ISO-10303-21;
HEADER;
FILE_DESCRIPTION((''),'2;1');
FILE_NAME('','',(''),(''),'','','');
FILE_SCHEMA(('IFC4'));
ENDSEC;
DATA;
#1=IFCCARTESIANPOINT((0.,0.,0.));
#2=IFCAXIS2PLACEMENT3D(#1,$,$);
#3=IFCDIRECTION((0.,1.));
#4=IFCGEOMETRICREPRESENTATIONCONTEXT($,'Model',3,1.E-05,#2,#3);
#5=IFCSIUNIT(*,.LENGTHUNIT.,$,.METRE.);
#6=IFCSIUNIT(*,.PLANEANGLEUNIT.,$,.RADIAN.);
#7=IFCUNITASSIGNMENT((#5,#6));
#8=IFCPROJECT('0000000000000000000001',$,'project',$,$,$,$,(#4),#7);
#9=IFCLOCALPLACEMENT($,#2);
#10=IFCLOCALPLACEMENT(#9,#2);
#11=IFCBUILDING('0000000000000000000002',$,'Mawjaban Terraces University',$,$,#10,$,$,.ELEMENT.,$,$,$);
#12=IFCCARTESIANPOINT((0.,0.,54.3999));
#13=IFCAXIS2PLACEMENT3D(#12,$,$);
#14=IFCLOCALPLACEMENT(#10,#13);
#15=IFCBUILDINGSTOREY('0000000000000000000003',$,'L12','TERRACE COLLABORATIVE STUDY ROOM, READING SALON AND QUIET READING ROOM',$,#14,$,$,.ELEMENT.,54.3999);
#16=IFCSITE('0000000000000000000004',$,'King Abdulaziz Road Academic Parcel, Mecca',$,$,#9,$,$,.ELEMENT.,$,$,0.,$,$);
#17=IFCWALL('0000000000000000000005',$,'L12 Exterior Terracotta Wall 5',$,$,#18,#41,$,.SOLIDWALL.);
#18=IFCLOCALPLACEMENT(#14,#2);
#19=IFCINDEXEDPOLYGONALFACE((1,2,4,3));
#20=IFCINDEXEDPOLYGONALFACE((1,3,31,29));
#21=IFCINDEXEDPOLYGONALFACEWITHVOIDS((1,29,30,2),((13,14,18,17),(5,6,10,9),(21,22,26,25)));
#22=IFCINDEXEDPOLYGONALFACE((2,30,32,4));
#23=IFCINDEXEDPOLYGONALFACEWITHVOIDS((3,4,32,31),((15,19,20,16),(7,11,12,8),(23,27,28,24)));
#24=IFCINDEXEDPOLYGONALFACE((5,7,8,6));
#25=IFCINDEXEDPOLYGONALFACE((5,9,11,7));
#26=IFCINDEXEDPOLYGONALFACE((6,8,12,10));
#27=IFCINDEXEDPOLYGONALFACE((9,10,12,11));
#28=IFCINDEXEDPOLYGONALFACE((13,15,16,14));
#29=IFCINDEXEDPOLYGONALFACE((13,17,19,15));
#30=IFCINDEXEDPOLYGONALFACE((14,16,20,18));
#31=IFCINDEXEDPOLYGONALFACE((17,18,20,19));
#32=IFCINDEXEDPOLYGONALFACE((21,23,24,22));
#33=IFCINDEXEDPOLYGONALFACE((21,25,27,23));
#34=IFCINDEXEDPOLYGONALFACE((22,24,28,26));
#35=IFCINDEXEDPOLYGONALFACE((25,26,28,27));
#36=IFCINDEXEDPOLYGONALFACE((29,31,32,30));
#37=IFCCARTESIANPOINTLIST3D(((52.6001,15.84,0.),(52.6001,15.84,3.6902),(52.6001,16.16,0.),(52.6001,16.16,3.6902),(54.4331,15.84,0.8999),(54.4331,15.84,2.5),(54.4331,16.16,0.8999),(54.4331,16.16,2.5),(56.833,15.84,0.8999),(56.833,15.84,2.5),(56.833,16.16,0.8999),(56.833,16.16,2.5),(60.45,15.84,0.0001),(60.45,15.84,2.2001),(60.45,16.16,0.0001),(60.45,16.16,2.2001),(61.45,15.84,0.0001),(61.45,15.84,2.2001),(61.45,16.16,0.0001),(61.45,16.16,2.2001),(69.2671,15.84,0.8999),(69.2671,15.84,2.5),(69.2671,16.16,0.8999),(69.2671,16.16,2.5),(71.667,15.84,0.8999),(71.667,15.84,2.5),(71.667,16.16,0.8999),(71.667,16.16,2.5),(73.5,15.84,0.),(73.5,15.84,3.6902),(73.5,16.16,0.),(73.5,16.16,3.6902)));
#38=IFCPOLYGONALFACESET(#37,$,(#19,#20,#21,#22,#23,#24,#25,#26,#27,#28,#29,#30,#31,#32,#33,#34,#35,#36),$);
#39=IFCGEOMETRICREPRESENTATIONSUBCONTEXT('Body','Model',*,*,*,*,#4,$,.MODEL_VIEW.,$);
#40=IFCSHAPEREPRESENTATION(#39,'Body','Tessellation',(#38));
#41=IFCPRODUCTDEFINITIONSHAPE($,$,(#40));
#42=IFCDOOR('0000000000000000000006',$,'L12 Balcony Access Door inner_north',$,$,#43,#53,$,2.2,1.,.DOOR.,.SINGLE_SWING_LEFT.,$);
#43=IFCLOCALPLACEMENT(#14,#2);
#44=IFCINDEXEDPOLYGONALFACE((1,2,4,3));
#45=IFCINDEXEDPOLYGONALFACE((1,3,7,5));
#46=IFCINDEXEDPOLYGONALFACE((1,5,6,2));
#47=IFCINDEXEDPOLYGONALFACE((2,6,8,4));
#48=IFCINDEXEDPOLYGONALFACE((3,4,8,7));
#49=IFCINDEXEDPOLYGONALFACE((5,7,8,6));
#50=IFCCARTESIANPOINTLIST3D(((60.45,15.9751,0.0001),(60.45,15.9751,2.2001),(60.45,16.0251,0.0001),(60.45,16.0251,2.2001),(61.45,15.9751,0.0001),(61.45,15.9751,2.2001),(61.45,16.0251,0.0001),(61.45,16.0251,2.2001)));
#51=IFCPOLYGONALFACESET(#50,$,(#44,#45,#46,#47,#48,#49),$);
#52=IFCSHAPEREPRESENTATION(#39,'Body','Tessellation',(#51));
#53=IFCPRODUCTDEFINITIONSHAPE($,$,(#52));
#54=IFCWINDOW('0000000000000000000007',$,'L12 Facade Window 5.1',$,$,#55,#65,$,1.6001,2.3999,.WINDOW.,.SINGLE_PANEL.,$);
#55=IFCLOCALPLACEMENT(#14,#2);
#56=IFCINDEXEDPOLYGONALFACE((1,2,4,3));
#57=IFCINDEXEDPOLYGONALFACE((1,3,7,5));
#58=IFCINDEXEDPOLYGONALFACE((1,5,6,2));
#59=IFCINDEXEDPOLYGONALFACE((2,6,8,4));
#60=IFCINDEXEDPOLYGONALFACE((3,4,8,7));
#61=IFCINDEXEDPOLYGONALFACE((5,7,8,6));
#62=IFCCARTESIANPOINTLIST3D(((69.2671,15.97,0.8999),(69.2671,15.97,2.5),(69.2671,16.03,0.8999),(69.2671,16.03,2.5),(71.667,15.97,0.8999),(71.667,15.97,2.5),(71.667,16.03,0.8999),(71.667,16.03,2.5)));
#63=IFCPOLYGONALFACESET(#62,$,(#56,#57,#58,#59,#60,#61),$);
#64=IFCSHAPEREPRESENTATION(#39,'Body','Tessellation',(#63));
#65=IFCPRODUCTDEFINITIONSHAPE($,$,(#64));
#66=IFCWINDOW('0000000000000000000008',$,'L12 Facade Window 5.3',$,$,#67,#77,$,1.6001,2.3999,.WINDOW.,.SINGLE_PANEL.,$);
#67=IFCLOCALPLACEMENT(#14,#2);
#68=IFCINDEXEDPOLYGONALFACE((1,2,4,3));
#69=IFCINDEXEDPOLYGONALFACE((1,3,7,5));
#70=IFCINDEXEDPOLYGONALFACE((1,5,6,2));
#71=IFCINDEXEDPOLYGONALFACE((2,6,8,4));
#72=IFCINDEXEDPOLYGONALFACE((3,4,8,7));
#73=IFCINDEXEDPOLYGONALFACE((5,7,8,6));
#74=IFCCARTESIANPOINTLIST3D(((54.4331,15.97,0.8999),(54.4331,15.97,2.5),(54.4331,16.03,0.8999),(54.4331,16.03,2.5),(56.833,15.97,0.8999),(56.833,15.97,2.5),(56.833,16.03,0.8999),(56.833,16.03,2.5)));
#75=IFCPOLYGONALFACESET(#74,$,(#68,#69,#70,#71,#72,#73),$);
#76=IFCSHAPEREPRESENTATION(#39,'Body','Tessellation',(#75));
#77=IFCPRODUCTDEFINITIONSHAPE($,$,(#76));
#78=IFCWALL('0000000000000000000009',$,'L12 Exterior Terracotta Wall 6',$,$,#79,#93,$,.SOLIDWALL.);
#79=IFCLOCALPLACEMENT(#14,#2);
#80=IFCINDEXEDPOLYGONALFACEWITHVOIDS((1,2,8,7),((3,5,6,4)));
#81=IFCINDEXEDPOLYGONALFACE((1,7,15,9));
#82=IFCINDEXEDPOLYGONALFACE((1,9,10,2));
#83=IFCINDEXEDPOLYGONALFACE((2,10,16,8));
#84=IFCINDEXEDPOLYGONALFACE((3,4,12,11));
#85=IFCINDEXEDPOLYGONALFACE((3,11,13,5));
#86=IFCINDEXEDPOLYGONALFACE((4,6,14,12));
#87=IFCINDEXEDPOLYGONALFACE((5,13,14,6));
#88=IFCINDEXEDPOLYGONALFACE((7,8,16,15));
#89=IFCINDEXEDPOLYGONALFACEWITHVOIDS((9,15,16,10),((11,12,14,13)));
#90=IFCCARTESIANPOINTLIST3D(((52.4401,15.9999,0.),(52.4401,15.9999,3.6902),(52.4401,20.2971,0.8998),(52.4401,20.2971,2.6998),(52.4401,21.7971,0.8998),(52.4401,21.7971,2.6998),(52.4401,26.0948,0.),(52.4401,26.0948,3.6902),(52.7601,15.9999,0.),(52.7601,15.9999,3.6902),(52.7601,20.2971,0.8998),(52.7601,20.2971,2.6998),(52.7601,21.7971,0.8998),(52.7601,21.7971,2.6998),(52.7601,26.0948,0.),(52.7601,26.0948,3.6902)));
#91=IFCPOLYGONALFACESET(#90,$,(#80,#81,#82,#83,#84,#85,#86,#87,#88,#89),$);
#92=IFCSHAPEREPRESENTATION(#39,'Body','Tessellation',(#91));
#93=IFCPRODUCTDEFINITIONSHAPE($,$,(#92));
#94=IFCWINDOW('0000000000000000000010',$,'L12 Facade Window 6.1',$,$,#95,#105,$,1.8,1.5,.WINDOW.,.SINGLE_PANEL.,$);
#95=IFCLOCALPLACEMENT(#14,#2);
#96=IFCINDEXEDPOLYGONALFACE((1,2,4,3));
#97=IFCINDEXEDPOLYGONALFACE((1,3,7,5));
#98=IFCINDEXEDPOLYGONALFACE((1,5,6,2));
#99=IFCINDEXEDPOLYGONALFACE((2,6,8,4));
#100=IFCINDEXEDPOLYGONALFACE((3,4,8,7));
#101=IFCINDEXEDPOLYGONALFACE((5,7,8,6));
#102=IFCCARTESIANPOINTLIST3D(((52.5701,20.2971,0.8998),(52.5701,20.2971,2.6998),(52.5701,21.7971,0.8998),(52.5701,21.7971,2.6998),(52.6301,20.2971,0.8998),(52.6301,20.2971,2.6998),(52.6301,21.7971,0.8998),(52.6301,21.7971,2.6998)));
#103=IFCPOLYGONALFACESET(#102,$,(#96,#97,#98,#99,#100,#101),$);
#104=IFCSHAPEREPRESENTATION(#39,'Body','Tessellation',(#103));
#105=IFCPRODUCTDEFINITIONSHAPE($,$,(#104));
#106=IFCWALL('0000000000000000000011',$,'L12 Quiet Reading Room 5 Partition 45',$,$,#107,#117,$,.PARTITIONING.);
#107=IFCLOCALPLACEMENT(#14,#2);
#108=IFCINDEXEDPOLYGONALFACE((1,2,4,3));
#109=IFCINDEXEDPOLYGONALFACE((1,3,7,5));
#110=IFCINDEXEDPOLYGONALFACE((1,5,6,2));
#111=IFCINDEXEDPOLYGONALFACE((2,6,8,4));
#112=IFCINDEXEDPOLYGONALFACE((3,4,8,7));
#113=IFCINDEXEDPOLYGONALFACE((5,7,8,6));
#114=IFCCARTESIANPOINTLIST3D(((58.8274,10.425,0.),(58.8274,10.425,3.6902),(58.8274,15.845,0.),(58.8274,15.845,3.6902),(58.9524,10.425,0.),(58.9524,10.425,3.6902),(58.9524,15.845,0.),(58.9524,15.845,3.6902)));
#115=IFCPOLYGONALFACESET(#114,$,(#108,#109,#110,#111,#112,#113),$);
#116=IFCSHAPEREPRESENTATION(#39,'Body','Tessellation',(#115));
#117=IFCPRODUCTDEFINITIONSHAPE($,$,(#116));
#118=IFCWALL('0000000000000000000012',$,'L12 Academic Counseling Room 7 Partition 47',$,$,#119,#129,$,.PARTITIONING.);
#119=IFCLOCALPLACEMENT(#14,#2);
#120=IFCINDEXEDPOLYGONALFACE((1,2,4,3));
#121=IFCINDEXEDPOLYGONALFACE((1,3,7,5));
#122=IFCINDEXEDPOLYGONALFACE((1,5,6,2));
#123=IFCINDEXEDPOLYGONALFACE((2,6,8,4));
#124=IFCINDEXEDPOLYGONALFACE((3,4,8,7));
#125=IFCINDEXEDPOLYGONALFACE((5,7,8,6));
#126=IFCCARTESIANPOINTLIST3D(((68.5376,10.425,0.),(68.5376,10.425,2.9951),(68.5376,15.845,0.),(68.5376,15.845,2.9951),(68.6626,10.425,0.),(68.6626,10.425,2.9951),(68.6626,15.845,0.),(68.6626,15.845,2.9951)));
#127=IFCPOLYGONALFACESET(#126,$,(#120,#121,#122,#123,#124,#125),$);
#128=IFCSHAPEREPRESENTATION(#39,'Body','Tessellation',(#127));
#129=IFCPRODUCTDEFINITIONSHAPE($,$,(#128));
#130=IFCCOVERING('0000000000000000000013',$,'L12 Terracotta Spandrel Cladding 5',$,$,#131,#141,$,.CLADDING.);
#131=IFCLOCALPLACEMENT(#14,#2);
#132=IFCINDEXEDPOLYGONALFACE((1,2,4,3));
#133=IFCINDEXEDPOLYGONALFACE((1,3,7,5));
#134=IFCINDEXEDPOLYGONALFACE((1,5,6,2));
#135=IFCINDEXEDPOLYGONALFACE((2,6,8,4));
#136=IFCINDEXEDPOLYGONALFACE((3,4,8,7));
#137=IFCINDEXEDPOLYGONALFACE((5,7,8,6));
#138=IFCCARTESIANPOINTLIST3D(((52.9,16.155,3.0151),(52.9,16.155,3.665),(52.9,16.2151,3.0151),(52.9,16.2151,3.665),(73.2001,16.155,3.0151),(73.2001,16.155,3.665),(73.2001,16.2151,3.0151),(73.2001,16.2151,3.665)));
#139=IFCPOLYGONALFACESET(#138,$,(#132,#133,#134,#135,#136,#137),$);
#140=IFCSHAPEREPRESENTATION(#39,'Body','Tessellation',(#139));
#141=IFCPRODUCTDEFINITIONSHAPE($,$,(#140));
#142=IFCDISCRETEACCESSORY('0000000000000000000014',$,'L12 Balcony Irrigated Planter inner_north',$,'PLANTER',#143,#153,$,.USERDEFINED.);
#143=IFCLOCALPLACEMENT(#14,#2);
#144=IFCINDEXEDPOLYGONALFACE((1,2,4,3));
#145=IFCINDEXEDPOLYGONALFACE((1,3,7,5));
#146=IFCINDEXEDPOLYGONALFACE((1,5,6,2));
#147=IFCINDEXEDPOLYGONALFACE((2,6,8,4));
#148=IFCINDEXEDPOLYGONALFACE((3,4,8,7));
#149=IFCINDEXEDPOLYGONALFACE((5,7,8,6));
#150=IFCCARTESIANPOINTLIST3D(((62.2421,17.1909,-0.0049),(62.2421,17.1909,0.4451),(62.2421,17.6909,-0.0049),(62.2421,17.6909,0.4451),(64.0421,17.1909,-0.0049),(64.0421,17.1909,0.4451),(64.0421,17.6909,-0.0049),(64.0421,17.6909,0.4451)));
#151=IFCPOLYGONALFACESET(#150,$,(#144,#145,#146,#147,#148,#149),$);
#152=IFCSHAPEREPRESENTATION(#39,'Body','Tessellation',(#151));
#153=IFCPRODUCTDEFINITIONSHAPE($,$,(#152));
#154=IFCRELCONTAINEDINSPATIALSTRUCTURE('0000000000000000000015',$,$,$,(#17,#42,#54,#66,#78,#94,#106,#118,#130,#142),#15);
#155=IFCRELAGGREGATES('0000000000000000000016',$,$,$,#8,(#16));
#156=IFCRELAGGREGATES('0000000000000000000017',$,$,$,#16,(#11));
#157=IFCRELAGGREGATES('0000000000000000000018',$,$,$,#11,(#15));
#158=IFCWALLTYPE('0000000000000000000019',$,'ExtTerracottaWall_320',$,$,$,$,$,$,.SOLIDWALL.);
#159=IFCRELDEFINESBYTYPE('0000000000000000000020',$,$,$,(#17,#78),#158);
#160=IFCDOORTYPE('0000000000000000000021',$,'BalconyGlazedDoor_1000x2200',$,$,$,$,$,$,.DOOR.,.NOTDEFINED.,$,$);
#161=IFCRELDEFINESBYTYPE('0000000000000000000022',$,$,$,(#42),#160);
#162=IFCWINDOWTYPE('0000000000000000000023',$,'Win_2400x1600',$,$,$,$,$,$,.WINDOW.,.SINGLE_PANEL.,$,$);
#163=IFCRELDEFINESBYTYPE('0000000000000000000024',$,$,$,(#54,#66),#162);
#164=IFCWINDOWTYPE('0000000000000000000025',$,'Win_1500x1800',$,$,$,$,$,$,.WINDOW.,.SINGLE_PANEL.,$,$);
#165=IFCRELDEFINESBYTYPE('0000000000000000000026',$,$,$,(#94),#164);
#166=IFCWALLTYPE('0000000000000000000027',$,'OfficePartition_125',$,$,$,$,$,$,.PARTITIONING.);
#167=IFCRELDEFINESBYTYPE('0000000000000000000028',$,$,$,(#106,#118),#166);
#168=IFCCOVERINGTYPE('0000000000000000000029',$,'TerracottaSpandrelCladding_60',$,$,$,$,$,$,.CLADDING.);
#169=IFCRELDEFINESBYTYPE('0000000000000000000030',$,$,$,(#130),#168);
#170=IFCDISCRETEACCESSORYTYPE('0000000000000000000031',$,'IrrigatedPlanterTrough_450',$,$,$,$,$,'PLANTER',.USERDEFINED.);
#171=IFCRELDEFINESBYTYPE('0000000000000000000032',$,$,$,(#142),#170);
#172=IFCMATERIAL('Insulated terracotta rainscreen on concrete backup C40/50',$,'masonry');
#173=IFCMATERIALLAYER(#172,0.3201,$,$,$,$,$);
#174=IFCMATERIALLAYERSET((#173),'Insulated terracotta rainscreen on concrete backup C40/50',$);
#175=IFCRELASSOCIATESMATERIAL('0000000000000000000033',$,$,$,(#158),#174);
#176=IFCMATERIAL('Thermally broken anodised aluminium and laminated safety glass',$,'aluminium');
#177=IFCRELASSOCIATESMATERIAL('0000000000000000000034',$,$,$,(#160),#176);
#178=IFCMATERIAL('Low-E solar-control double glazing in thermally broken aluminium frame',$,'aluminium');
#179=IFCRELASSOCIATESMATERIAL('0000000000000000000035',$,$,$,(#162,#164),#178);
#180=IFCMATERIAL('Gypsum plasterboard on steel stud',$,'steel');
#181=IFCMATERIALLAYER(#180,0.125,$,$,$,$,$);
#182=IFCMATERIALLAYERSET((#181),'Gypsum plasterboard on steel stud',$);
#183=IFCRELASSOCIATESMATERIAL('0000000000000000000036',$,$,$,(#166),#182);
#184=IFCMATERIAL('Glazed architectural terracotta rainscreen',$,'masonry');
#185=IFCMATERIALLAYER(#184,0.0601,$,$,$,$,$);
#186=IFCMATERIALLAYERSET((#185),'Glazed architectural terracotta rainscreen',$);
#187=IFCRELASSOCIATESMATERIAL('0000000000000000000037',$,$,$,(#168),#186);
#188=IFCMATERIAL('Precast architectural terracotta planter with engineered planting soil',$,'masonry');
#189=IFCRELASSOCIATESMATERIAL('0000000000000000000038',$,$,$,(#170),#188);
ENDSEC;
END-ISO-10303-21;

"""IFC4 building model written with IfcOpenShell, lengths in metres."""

from ifc_helpers import new_model, si_unit, direction, frame, frame_2d, origin, origin_2d, place, context, subcontext, project, spatial, rectangle, extrude, material, layer, layer_set, type_object, element, fill, save


model = new_model("IFC4")

# Units and contexts
model_context = context("Model", 3, precision=1e-05, world=origin(), true_north=direction((0.0, 1.0)))
body_context = subcontext(model_context, "Body", "Model", "MODEL_VIEW")
ifc_project = project(units=[si_unit("LENGTHUNIT", "METRE"), si_unit("PLANEANGLEUNIT", "RADIAN")], contexts=[model_context])

# Site, building, storey
site_placement = place(None, origin())
site = spatial("IfcSite", under=ifc_project, at=site_placement, Name="King Abdulaziz Road Academic Parcel, Mecca", CompositionType="ELEMENT", RefElevation=0.0)
building_placement = place(site_placement, origin())
building = spatial("IfcBuilding", under=site, at=building_placement, Name="Mawjaban Terraces University", CompositionType="ELEMENT")
storey_placement = place(building_placement, frame((0.0, 0.0, 54.3999)))
storey = spatial("IfcBuildingStorey", under=building, at=storey_placement, Name="L12", Description="TERRACE COLLABORATIVE STUDY ROOM, READING SALON AND QUIET READING ROOM", CompositionType="ELEMENT", Elevation=54.3999)

# Shared definitions
ifc_material_1 = material(Name="Insulated terracotta rainscreen on concrete backup C40/50", Category="masonry")
ifc_layer_1 = layer(ifc_material_1, 0.3201)
ifc_layer_set_1 = layer_set([ifc_layer_1], Name="Insulated terracotta rainscreen on concrete backup C40/50")
wall_type_1 = type_object("IfcWallType", Name="ExtTerracottaWall_320", PredefinedType="SOLIDWALL", material=ifc_layer_set_1)

# Wall, openings, door, windows
wall_1_placement = place(storey_placement, frame((73.5, 16.0, 0.0), z_axis=(0.0, 0.0, 1.0), x_axis=(-1.0, 0.0, 0.0)))
wall_1 = element("IfcWall", 1, at=wall_1_placement, inside=storey, type_object=wall_type_1, Name="L12 Exterior Terracotta Wall 5", PredefinedType="SOLIDWALL", context=body_context, shape_type="SweptSolid", body=[
    extrude(rectangle(XDim=20.8999, YDim=0.3201, at=frame_2d((10.45, 0.0))), origin(), (0.0, 0.0, 1.0), 3.6902),
])
opening_1_placement = place(wall_1_placement, frame((12.05, 0.0, 0.0)))
opening_1 = element("IfcOpeningElement", 2, at=opening_1_placement, cuts=wall_1, PredefinedType="OPENING", context=body_context, shape_type="SweptSolid", body=[
    extrude(rectangle(XDim=1.0, YDim=2.2, at=frame_2d((0.5, 1.1001))), frame((0.0, 0.1699, 0.0), z_axis=(0.0, -1.0, 0.0), x_axis=(1.0, 0.0, 0.0)), (0.0, 0.0, 1.0), 0.3401),
])
opening_2_placement = place(wall_1_placement, frame((1.833, 0.0, 0.8999)))
opening_2 = element("IfcOpeningElement", 3, at=opening_2_placement, cuts=wall_1, PredefinedType="OPENING", context=body_context, shape_type="SweptSolid", body=[
    extrude(rectangle(XDim=2.3999, YDim=1.6001, at=frame_2d((1.2, 0.8))), frame((0.0, 0.1699, 0.0), z_axis=(0.0, -1.0, 0.0), x_axis=(1.0, 0.0, 0.0)), (0.0, 0.0, 1.0), 0.3401),
])
opening_3_placement = place(wall_1_placement, frame((16.667, 0.0, 0.8999)))
opening_3 = element("IfcOpeningElement", 4, at=opening_3_placement, cuts=wall_1, PredefinedType="OPENING", context=body_context, shape_type="SweptSolid", body=[
    extrude(rectangle(XDim=2.3999, YDim=1.6001, at=frame_2d((1.2, 0.8))), frame((0.0, 0.1699, 0.0), z_axis=(0.0, -1.0, 0.0), x_axis=(1.0, 0.0, 0.0)), (0.0, 0.0, 1.0), 0.3401),
])
ifc_material_2 = material(Name="Thermally broken anodised aluminium and laminated safety glass", Category="aluminium")
door_type_1 = type_object("IfcDoorType", Name="BalconyGlazedDoor_1000x2200", OperationType="NOTDEFINED", PredefinedType="DOOR", material=ifc_material_2)
door_1_placement = place(opening_1_placement, origin())
door_1 = element("IfcDoor", 5, at=door_1_placement, inside=storey, type_object=door_type_1, Name="L12 Balcony Access Door inner_north", OperationType="SINGLE_SWING_LEFT", OverallHeight=2.2, OverallWidth=1.0, PredefinedType="DOOR", context=body_context, shape_type="SweptSolid", body=[
    extrude(rectangle(XDim=1.0, YDim=2.2, at=frame_2d((0.5, 1.1001))), frame((0.0, 0.0249, 0.0), z_axis=(0.0, -1.0, 0.0), x_axis=(1.0, 0.0, 0.0)), (0.0, 0.0, 1.0), 0.05),
])
fill(opening_1, door_1)
ifc_material_3 = material(Name="Low-E solar-control double glazing in thermally broken aluminium frame", Category="aluminium")
window_type_1 = type_object("IfcWindowType", Name="Win_2400x1600", PartitioningType="SINGLE_PANEL", PredefinedType="WINDOW", material=ifc_material_3)
window_1_placement = place(opening_2_placement, origin())
window_1 = element("IfcWindow", 6, at=window_1_placement, inside=storey, type_object=window_type_1, Name="L12 Facade Window 5.1", OverallHeight=1.6001, OverallWidth=2.3999, PartitioningType="SINGLE_PANEL", PredefinedType="WINDOW", context=body_context, shape_type="SweptSolid", body=[
    extrude(rectangle(XDim=2.3999, YDim=1.6001, at=frame_2d((1.2, 0.8))), frame((0.0, 0.03, 0.0), z_axis=(0.0, -1.0, 0.0), x_axis=(1.0, 0.0, 0.0)), (0.0, 0.0, 1.0), 0.0601),
])
fill(opening_2, window_1)
window_2_placement = place(opening_3_placement, origin())
window_2 = element("IfcWindow", 7, at=window_2_placement, inside=storey, type_object=window_type_1, Name="L12 Facade Window 5.3", OverallHeight=1.6001, OverallWidth=2.3999, PartitioningType="SINGLE_PANEL", PredefinedType="WINDOW", context=body_context, shape_type="SweptSolid", body=[
    extrude(rectangle(XDim=2.3999, YDim=1.6001, at=frame_2d((1.2, 0.8))), frame((0.0, 0.03, 0.0), z_axis=(0.0, -1.0, 0.0), x_axis=(1.0, 0.0, 0.0)), (0.0, 0.0, 1.0), 0.0601),
])
fill(opening_3, window_2)

# Wall, opening, window
wall_2_placement = place(storey_placement, frame((52.6001, 16.0, 0.0), z_axis=(0.0, 0.0, 1.0), x_axis=(0.0, 1.0, 0.0)))
wall_2 = element("IfcWall", 8, at=wall_2_placement, inside=storey, type_object=wall_type_1, Name="L12 Exterior Terracotta Wall 6", PredefinedType="SOLIDWALL", context=body_context, shape_type="SweptSolid", body=[
    extrude(rectangle(XDim=10.095, YDim=0.3201, at=frame_2d((5.0474, 0.0))), origin(), (0.0, 0.0, 1.0), 3.6902),
])
opening_4_placement = place(wall_2_placement, frame((4.2971, 0.0, 0.8999)))
opening_4 = element("IfcOpeningElement", 9, at=opening_4_placement, cuts=wall_2, PredefinedType="OPENING", context=body_context, shape_type="SweptSolid", body=[
    extrude(rectangle(XDim=1.5, YDim=1.8, at=frame_2d((0.75, 0.8999))), frame((0.0, 0.1699, 0.0), z_axis=(0.0, -1.0, 0.0), x_axis=(1.0, 0.0, 0.0)), (0.0, 0.0, 1.0), 0.3401),
])
window_type_2 = type_object("IfcWindowType", Name="Win_1500x1800", PartitioningType="SINGLE_PANEL", PredefinedType="WINDOW", material=ifc_material_3)
window_3_placement = place(opening_4_placement, origin())
window_3 = element("IfcWindow", 10, at=window_3_placement, inside=storey, type_object=window_type_2, Name="L12 Facade Window 6.1", OverallHeight=1.8, OverallWidth=1.5, PartitioningType="SINGLE_PANEL", PredefinedType="WINDOW", context=body_context, shape_type="SweptSolid", body=[
    extrude(rectangle(XDim=1.5, YDim=1.8, at=frame_2d((0.75, 0.8999))), frame((0.0, 0.03, 0.0), z_axis=(0.0, -1.0, 0.0), x_axis=(1.0, 0.0, 0.0)), (0.0, 0.0, 1.0), 0.0601),
])
fill(opening_4, window_3)

# Walls
ifc_material_4 = material(Name="Gypsum plasterboard on steel stud", Category="steel")
ifc_layer_2 = layer(ifc_material_4, 0.125)
ifc_layer_set_2 = layer_set([ifc_layer_2], Name="Gypsum plasterboard on steel stud")
wall_type_2 = type_object("IfcWallType", Name="OfficePartition_125", PredefinedType="PARTITIONING", material=ifc_layer_set_2)
wall_3_placement = place(storey_placement, frame((58.8899, 10.425, 0.0), z_axis=(0.0, 0.0, 1.0), x_axis=(0.0, 1.0, 0.0)))
element("IfcWall", 11, at=wall_3_placement, inside=storey, type_object=wall_type_2, Name="L12 Quiet Reading Room 5 Partition 45", PredefinedType="PARTITIONING", context=body_context, shape_type="SweptSolid", body=[
    extrude(rectangle(XDim=5.4199, YDim=0.125, at=frame_2d((2.71, 0.0))), origin(), (0.0, 0.0, 1.0), 3.6902),
])
wall_4_placement = place(storey_placement, frame((68.6001, 10.425, 0.0), z_axis=(0.0, 0.0, 1.0), x_axis=(0.0, 1.0, 0.0)))
element("IfcWall", 12, at=wall_4_placement, inside=storey, type_object=wall_type_2, Name="L12 Academic Counseling Room 7 Partition 47", PredefinedType="PARTITIONING", context=body_context, shape_type="SweptSolid", body=[
    extrude(rectangle(XDim=5.4199, YDim=0.125, at=frame_2d((2.71, 0.0))), origin(), (0.0, 0.0, 1.0), 2.9951),
])

# Covering
ifc_material_5 = material(Name="Glazed architectural terracotta rainscreen", Category="masonry")
ifc_layer_3 = layer(ifc_material_5, 0.0601)
ifc_layer_set_3 = layer_set([ifc_layer_3], Name="Glazed architectural terracotta rainscreen")
covering_type = type_object("IfcCoveringType", Name="TerracottaSpandrelCladding_60", PredefinedType="CLADDING", material=ifc_layer_set_3)
covering_placement = place(storey_placement, frame((63.05, 16.1851, 3.0151), z_axis=(0.0, 0.0, 1.0), x_axis=(-1.0, 0.0, 0.0)))
element("IfcCovering", 13, at=covering_placement, inside=storey, type_object=covering_type, Name="L12 Terracotta Spandrel Cladding 5", PredefinedType="CLADDING", context=body_context, shape_type="SweptSolid", body=[
    extrude(rectangle(XDim=20.3, YDim=0.0601, at=origin_2d()), origin(), (0.0, 0.0, 1.0), 0.6499),
])

# Discrete accessory
ifc_material_6 = material(Name="Precast architectural terracotta planter with engineered planting soil", Category="masonry")
discrete_accessory_type = type_object("IfcDiscreteAccessoryType", Name="IrrigatedPlanterTrough_450", ElementType="PLANTER", PredefinedType="USERDEFINED", material=ifc_material_6)
discrete_accessory_placement = place(storey_placement, frame((63.1421, 17.4409, -0.0049), z_axis=(0.0, 0.0, 1.0), x_axis=(1.0, 0.0, 0.0)))
element("IfcDiscreteAccessory", 14, at=discrete_accessory_placement, inside=storey, type_object=discrete_accessory_type, Name="L12 Balcony Irrigated Planter inner_north", ObjectType="PLANTER", PredefinedType="USERDEFINED", context=body_context, shape_type="SweptSolid", body=[
    extrude(rectangle(XDim=1.8, YDim=0.5, at=origin_2d()), origin(), (0.0, 0.0, 1.0), 0.45),
])

save(model, "model.ifc")
